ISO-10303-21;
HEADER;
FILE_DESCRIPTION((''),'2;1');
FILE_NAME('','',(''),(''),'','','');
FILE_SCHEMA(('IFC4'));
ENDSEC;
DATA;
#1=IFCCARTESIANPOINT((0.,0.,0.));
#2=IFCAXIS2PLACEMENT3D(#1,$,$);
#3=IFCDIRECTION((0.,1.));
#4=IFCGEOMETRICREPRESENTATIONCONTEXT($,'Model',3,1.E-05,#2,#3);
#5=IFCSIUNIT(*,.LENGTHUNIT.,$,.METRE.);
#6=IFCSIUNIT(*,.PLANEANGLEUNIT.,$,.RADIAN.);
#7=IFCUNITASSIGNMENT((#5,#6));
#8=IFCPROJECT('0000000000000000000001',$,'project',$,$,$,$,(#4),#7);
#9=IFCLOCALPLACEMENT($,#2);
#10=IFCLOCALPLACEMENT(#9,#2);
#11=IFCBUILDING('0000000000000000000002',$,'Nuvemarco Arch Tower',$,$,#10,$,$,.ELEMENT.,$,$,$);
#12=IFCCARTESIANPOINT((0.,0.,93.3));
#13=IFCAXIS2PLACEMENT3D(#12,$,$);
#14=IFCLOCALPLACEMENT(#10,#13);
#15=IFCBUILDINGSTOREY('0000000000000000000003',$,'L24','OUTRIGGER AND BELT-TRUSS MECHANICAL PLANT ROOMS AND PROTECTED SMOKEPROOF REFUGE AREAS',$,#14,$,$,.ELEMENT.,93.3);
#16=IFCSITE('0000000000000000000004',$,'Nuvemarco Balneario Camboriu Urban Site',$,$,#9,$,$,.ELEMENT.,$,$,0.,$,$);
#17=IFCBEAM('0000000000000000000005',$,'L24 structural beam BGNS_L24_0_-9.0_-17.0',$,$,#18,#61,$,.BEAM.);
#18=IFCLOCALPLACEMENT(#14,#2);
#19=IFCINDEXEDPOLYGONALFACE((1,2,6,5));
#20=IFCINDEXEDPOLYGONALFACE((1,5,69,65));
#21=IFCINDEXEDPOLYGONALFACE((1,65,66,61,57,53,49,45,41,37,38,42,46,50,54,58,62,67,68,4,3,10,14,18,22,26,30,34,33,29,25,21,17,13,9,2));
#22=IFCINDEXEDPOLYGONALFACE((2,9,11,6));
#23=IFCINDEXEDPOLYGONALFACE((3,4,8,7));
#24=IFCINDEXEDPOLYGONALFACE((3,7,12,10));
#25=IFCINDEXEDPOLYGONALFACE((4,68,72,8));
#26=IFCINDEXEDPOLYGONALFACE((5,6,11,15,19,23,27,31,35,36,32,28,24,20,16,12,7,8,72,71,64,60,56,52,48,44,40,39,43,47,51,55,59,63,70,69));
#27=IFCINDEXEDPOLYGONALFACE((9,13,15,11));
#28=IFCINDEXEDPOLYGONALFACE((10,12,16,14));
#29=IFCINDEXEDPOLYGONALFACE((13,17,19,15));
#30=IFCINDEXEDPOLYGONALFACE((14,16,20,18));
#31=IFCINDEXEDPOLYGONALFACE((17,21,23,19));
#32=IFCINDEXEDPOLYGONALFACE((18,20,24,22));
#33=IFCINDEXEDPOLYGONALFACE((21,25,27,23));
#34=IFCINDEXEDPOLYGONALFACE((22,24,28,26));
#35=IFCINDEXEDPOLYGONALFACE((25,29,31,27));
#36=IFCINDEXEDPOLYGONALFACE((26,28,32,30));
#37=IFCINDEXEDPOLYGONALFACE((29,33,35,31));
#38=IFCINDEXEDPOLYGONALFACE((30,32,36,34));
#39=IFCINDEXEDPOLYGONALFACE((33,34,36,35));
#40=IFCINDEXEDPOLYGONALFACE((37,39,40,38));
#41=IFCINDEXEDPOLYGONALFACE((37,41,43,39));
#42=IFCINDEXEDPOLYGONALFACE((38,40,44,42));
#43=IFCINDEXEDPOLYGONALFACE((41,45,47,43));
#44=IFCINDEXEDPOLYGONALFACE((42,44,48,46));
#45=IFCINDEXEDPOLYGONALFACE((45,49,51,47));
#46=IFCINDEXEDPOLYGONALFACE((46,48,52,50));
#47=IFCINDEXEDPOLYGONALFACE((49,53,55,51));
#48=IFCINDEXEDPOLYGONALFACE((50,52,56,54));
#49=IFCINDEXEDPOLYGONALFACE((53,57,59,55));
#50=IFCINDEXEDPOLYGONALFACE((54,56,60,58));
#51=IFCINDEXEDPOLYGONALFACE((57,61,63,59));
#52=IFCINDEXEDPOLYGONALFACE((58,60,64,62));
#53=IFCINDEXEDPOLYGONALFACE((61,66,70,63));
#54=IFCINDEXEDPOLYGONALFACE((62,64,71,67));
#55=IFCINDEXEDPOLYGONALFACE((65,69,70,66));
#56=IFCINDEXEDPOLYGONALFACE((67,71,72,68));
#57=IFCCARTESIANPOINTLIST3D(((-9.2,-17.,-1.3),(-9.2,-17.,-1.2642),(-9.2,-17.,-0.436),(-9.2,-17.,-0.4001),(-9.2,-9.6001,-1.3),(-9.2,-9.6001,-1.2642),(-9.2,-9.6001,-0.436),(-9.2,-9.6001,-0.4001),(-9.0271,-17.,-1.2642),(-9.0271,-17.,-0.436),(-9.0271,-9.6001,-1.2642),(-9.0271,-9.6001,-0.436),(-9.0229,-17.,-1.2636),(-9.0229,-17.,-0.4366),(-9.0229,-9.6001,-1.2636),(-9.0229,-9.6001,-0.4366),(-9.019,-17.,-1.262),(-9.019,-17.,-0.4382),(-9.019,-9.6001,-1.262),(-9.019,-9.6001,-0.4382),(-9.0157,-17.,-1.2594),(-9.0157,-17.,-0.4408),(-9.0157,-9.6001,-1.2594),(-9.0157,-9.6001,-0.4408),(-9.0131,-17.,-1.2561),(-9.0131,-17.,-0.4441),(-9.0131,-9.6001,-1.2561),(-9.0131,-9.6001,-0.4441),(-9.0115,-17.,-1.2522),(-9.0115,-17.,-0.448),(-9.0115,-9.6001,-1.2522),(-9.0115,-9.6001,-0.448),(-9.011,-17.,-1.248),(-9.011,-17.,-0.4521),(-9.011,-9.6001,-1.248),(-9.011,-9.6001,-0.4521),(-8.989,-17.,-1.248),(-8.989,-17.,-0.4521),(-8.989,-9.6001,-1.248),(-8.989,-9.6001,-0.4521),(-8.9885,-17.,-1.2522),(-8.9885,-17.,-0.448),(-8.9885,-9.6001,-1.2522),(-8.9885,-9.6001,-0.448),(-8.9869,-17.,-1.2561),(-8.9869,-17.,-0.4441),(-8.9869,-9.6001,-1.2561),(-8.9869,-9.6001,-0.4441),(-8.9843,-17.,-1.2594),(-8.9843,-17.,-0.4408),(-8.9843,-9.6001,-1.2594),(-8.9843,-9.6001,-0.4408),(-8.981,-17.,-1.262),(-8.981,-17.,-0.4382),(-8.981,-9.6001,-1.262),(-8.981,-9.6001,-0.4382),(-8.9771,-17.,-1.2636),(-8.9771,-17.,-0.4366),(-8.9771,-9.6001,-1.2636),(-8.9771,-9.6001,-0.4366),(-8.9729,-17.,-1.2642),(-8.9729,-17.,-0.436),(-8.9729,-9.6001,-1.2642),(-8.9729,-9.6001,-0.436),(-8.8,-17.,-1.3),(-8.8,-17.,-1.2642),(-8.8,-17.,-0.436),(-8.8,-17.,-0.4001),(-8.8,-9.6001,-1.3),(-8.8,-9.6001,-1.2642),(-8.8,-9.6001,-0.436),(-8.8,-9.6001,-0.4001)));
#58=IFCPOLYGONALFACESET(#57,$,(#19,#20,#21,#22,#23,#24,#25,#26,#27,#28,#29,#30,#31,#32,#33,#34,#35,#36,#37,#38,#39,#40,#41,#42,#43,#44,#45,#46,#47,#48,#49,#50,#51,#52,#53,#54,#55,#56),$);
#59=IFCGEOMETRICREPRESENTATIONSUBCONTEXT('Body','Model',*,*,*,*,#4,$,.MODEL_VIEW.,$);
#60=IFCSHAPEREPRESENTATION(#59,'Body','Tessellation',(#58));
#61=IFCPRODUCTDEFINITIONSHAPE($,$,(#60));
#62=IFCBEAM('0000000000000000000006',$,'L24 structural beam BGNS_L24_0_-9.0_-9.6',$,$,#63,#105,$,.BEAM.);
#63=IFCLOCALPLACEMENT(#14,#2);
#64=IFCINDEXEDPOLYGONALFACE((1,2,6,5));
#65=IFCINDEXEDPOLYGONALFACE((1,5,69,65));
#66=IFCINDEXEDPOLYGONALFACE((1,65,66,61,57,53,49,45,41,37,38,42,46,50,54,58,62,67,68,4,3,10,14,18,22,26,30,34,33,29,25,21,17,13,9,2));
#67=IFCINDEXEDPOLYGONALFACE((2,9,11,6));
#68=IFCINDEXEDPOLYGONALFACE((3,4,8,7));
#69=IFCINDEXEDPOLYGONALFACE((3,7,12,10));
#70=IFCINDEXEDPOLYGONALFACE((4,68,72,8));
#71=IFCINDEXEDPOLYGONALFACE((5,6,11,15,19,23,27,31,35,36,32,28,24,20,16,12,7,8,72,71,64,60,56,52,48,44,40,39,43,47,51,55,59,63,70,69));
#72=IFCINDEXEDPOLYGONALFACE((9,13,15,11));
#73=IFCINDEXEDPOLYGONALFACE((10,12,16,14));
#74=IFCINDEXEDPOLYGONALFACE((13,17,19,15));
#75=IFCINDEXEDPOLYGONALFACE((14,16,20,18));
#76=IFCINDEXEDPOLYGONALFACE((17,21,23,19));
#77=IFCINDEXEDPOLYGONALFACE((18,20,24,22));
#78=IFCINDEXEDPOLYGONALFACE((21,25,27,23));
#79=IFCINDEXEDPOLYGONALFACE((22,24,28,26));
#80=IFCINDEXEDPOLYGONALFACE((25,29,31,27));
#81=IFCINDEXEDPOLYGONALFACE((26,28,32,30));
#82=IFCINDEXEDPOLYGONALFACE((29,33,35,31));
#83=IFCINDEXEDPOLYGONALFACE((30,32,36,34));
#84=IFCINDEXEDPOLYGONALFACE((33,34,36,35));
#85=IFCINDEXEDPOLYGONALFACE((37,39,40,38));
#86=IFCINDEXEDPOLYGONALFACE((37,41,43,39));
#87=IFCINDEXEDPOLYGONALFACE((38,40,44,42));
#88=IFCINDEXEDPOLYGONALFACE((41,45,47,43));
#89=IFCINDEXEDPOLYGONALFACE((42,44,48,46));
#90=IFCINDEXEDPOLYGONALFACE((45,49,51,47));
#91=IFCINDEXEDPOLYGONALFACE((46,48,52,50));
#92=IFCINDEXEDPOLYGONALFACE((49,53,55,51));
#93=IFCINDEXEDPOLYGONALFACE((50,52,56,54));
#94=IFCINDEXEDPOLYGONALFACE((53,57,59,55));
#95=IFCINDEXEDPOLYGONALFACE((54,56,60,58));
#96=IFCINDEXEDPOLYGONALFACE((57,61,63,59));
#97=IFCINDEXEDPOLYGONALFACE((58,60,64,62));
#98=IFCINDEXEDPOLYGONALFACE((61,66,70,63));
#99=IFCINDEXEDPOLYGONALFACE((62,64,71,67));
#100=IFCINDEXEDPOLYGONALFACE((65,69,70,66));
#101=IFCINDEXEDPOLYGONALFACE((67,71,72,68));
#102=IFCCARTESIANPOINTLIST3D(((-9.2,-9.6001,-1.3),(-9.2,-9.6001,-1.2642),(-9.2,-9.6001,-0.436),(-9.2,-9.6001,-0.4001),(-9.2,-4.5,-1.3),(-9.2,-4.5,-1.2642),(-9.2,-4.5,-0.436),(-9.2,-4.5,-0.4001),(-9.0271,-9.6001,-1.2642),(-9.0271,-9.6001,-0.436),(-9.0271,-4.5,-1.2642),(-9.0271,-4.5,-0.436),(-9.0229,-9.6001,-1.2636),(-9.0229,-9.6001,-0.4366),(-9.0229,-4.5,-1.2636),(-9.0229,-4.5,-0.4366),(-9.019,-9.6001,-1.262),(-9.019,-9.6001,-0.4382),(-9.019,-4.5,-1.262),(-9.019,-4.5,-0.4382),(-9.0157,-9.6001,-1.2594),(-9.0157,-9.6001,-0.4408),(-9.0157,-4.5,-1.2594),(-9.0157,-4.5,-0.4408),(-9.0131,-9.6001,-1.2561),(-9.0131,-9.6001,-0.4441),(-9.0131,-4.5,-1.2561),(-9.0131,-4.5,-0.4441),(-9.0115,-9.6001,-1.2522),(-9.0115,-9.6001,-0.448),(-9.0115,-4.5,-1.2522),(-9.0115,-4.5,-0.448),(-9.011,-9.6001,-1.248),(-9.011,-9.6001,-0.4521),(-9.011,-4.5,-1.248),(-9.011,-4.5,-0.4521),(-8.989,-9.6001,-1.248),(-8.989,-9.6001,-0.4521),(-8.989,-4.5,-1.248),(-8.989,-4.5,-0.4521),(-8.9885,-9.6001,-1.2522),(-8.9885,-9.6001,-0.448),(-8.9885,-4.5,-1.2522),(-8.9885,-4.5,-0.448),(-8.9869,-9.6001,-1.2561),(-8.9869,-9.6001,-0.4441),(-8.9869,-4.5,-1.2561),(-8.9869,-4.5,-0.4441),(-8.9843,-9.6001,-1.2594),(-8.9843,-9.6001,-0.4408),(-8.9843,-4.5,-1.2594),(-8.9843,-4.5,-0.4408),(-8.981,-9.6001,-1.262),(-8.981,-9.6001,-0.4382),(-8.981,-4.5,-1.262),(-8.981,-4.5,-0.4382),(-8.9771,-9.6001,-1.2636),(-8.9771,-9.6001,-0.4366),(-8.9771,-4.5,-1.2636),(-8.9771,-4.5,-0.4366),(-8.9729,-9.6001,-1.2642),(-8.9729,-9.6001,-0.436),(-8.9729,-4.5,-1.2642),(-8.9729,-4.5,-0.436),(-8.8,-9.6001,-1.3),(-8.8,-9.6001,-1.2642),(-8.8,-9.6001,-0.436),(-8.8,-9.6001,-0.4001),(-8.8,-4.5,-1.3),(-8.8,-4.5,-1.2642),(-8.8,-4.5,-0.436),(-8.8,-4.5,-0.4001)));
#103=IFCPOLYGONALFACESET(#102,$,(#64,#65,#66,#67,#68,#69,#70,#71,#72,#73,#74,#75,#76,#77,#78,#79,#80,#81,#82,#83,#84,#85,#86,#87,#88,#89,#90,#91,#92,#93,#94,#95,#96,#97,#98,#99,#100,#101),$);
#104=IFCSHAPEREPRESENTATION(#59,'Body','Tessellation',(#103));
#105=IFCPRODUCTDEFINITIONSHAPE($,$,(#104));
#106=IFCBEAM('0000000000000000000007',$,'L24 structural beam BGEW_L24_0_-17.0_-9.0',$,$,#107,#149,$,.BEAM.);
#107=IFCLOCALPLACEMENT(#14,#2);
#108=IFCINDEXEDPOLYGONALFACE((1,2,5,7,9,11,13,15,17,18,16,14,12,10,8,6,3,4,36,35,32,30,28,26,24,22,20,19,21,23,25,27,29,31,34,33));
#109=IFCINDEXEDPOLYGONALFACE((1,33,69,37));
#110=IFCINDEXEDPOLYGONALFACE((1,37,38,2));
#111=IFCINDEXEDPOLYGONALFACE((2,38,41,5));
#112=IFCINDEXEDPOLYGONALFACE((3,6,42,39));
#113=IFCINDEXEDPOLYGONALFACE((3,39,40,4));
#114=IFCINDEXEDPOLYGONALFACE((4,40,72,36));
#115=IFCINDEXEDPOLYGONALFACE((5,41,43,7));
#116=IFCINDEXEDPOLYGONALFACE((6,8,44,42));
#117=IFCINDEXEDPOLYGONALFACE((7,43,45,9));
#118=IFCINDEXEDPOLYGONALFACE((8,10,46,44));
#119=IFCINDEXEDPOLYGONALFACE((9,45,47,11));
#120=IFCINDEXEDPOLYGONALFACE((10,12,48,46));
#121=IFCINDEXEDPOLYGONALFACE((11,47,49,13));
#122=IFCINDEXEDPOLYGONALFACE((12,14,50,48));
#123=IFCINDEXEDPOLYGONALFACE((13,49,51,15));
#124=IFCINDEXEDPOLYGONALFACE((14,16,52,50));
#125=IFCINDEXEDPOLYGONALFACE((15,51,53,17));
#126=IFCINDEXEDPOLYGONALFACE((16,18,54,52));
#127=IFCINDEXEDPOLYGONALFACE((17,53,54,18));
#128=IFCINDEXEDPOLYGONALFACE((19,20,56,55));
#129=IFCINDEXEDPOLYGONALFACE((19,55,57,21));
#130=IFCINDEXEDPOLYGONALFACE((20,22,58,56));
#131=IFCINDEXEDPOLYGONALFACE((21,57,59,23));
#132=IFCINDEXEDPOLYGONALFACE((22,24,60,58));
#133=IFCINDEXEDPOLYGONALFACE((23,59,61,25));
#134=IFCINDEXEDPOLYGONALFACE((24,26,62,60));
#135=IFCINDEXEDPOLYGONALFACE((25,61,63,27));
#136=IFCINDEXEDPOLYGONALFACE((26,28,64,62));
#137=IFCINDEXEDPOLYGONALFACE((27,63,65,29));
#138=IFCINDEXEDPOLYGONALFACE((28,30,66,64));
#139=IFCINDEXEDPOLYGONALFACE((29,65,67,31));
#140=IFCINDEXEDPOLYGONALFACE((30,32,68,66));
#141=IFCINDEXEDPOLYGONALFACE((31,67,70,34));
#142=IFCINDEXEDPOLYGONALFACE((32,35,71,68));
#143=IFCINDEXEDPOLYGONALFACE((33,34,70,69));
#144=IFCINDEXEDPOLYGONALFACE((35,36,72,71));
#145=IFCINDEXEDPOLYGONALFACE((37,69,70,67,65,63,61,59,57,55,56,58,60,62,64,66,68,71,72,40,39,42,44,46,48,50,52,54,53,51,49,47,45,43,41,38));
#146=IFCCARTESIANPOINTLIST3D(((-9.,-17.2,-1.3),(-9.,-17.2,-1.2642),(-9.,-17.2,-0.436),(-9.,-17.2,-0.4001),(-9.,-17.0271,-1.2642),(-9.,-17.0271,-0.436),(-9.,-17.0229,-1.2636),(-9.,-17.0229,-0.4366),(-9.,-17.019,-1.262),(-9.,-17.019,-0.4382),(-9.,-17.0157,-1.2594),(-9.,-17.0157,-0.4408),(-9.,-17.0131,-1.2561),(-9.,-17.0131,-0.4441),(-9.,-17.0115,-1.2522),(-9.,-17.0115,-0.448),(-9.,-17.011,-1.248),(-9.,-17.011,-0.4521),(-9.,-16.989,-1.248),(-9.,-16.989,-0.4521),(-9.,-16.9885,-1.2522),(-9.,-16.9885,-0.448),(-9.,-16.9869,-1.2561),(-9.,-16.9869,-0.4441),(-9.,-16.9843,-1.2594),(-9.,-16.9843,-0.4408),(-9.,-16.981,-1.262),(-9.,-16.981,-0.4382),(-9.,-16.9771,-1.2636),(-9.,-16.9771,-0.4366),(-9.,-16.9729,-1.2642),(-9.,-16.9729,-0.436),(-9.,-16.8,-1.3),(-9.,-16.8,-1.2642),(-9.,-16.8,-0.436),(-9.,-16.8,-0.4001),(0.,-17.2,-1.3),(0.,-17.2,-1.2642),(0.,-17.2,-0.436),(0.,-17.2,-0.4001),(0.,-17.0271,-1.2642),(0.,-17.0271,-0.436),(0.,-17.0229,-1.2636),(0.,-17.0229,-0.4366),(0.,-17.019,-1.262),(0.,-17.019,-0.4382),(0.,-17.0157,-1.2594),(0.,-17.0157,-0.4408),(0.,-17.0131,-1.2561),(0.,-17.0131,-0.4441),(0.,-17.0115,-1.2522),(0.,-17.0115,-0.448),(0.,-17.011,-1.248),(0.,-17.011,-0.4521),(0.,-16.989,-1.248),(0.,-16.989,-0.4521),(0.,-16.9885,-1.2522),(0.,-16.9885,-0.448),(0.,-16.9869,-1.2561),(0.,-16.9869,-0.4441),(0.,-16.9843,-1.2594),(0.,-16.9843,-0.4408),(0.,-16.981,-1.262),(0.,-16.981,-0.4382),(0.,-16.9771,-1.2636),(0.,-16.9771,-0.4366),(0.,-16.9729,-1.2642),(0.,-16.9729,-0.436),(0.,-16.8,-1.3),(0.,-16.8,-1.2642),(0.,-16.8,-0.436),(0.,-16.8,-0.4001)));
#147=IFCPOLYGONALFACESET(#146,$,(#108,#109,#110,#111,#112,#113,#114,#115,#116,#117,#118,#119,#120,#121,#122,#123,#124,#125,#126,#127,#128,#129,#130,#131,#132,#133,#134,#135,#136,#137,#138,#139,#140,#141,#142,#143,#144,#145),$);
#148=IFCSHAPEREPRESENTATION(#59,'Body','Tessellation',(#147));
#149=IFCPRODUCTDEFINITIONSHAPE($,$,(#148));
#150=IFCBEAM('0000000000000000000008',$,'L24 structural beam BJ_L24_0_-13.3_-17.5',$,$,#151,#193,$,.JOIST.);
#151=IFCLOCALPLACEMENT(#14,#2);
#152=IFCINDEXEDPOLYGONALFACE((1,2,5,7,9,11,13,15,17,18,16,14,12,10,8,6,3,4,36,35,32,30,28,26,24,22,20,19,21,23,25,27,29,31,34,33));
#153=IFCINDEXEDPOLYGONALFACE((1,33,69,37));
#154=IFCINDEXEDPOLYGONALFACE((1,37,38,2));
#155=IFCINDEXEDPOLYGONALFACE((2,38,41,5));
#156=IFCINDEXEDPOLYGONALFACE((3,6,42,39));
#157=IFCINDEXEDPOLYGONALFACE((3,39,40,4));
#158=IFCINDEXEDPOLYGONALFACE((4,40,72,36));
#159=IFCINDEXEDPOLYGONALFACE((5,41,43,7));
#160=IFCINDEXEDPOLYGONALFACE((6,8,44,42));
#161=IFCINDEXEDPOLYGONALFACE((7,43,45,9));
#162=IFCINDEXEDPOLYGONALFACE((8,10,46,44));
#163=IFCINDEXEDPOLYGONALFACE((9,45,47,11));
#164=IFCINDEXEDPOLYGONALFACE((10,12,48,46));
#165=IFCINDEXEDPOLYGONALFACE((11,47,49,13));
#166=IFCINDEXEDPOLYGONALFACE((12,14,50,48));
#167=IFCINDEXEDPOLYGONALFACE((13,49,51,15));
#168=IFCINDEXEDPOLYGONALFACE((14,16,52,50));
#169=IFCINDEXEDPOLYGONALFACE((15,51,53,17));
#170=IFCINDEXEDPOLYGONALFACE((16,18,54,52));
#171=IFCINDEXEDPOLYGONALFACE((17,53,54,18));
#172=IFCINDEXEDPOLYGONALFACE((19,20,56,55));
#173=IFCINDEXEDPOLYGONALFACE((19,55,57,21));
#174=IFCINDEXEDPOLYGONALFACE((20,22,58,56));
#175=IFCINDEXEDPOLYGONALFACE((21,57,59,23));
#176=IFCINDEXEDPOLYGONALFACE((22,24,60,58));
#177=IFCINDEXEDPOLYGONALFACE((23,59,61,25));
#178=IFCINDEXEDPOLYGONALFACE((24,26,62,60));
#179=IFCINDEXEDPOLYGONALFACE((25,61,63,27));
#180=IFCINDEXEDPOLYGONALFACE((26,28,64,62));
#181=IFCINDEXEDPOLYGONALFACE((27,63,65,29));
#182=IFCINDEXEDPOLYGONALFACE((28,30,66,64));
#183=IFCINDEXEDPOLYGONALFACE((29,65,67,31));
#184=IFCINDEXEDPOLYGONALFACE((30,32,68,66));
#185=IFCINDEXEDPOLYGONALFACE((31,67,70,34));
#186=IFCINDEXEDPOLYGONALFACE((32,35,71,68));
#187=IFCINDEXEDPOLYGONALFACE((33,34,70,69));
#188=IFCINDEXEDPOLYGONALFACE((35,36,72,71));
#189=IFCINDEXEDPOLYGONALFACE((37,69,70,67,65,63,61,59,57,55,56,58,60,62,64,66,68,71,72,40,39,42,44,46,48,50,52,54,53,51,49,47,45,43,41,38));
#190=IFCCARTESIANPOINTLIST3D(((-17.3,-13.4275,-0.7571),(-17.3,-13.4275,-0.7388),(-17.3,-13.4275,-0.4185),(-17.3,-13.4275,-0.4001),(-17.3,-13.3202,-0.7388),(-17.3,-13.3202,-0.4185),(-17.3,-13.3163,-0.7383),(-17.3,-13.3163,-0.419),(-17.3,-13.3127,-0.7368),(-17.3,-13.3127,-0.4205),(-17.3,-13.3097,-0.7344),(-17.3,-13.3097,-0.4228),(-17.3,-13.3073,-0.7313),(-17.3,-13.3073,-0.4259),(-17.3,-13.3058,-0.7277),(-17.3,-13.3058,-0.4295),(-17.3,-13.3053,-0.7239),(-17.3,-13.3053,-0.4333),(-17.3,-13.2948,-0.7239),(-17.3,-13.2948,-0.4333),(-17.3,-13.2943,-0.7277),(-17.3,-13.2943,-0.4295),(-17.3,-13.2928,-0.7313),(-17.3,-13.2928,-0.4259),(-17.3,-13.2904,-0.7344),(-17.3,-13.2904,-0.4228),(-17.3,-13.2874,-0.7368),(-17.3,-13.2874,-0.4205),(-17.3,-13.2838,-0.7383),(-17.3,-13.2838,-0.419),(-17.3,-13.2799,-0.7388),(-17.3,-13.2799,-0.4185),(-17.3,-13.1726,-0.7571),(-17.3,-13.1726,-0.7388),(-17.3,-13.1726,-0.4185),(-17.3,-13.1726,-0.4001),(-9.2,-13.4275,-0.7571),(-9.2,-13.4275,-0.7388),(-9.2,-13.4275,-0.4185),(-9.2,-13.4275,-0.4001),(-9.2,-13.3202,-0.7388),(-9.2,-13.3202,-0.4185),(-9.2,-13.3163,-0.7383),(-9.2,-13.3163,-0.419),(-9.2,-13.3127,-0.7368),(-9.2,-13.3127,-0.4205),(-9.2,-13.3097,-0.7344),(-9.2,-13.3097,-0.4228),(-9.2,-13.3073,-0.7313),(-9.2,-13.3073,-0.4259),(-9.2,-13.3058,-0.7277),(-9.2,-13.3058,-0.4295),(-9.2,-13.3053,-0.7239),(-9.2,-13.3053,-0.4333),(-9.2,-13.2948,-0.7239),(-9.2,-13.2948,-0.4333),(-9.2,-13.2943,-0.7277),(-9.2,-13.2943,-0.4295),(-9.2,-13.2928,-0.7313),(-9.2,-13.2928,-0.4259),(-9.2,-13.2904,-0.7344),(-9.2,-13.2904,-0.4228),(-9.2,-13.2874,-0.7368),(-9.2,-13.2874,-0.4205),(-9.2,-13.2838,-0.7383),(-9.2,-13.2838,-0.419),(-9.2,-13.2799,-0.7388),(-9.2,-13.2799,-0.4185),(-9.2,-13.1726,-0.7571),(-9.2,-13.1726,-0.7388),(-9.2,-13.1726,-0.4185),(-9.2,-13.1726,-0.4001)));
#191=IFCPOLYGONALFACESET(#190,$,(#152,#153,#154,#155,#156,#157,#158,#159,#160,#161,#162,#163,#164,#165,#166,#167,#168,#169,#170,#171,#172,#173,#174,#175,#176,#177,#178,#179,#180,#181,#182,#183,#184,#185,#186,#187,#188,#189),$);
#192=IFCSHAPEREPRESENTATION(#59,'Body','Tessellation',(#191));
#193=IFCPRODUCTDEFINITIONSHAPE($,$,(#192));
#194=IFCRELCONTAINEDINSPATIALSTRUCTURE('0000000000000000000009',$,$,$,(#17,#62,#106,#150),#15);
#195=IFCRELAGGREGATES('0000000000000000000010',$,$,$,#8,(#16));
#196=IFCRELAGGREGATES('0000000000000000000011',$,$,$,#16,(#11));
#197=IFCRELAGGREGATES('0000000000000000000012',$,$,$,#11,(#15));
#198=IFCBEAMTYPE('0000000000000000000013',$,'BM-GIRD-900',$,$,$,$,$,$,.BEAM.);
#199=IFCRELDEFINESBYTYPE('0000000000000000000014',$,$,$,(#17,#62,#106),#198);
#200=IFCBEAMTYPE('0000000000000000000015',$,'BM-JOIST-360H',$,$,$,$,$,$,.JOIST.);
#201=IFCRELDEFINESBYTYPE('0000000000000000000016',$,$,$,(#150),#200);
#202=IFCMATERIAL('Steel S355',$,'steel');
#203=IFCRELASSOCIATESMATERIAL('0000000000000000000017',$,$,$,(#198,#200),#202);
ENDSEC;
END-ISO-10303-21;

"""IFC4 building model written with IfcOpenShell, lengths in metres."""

from ifc_helpers import new_model, si_unit, direction, frame, origin, origin_2d, place, context, subcontext, project, spatial, i_section, extrude, material, material_profile, profile_set, type_object, element, save


model = new_model("IFC4")

# Units and contexts
model_context = context("Model", 3, precision=1e-05, world=origin(), true_north=direction((0.0, 1.0)))
body_context = subcontext(model_context, "Body", "Model", "MODEL_VIEW")
ifc_project = project(units=[si_unit("LENGTHUNIT", "METRE"), si_unit("PLANEANGLEUNIT", "RADIAN")], contexts=[model_context])

# Site, building, storey
site_placement = place(None, origin())
site = spatial("IfcSite", under=ifc_project, at=site_placement, Name="Nuvemarco Balneario Camboriu Urban Site", CompositionType="ELEMENT", RefElevation=0.0)
building_placement = place(site_placement, origin())
building = spatial("IfcBuilding", under=site, at=building_placement, Name="Nuvemarco Arch Tower", CompositionType="ELEMENT")
storey_placement = place(building_placement, frame((0.0, 0.0, 93.3)))
storey = spatial("IfcBuildingStorey", under=building, at=storey_placement, Name="L24", Description="OUTRIGGER AND BELT-TRUSS MECHANICAL PLANT ROOMS AND PROTECTED SMOKEPROOF REFUGE AREAS", CompositionType="ELEMENT", Elevation=93.3)

# Shared definitions
ifc_material_1 = material(Name="Steel S355", Category="steel")

# Beams
ifc_material_profile_1 = material_profile(ifc_material_1, i_section(OverallWidth=0.3999, OverallDepth=0.8999, WebThickness=0.022, FlangeThickness=0.0359, FilletRadius=0.0161, at=origin_2d()), Name="PG900x400")
ifc_profile_set_1 = profile_set([ifc_material_profile_1], Name="Steel S355")
beam_type_1 = type_object("IfcBeamType", Name="BM-GIRD-900", PredefinedType="BEAM", material=ifc_profile_set_1)
beam_1_placement = place(storey_placement, frame((-9.0, -17.0, -0.8501), z_axis=(0.0, 1.0, 0.0), x_axis=(-1.0, 0.0, 0.0)))
element("IfcBeam", 1, at=beam_1_placement, inside=storey, type_object=beam_type_1, Name="L24 structural beam BGNS_L24_0_-9.0_-17.0", PredefinedType="BEAM", context=body_context, shape_type="SweptSolid", body=[
    extrude(i_section(OverallWidth=0.3999, OverallDepth=0.8999, WebThickness=0.022, FlangeThickness=0.0359, FilletRadius=0.0161, at=origin_2d()), origin(), (0.0, 0.0, 1.0), 7.3999),
])
beam_2_placement = place(storey_placement, frame((-9.0, -9.6001, -0.8501), z_axis=(0.0, 1.0, 0.0), x_axis=(-1.0, 0.0, 0.0)))
element("IfcBeam", 2, at=beam_2_placement, inside=storey, type_object=beam_type_1, Name="L24 structural beam BGNS_L24_0_-9.0_-9.6", PredefinedType="BEAM", context=body_context, shape_type="SweptSolid", body=[
    extrude(i_section(OverallWidth=0.3999, OverallDepth=0.8999, WebThickness=0.022, FlangeThickness=0.0359, FilletRadius=0.0161, at=origin_2d()), origin(), (0.0, 0.0, 1.0), 5.1001),
])
beam_3_placement = place(storey_placement, frame((-9.0, -17.0, -0.8501), z_axis=(1.0, 0.0, 0.0), x_axis=(0.0, 1.0, 0.0)))
element("IfcBeam", 3, at=beam_3_placement, inside=storey, type_object=beam_type_1, Name="L24 structural beam BGEW_L24_0_-17.0_-9.0", PredefinedType="BEAM", context=body_context, shape_type="SweptSolid", body=[
    extrude(i_section(OverallWidth=0.3999, OverallDepth=0.8999, WebThickness=0.022, FlangeThickness=0.0359, FilletRadius=0.0161, at=origin_2d()), origin(), (0.0, 0.0, 1.0), 9.0),
])
ifc_material_profile_2 = material_profile(ifc_material_1, i_section(OverallWidth=0.2549, OverallDepth=0.3569, WebThickness=0.0105, FlangeThickness=0.0183, FilletRadius=0.0149, at=origin_2d()), Name="W360x101")
ifc_profile_set_2 = profile_set([ifc_material_profile_2], Name="Steel S355")
beam_type_2 = type_object("IfcBeamType", Name="BM-JOIST-360H", PredefinedType="JOIST", material=ifc_profile_set_2)
beam_4_placement = place(storey_placement, frame((-17.3, -13.3, -0.5786), z_axis=(1.0, 0.0, 0.0), x_axis=(0.0, 1.0, 0.0)))
element("IfcBeam", 4, at=beam_4_placement, inside=storey, type_object=beam_type_2, Name="L24 structural beam BJ_L24_0_-13.3_-17.5", PredefinedType="JOIST", context=body_context, shape_type="SweptSolid", body=[
    extrude(i_section(OverallWidth=0.2549, OverallDepth=0.3569, WebThickness=0.0105, FlangeThickness=0.0183, FilletRadius=0.0149, at=origin_2d()), origin(), (0.0, 0.0, 1.0), 8.1001),
])

save(model, "model.ifc")
